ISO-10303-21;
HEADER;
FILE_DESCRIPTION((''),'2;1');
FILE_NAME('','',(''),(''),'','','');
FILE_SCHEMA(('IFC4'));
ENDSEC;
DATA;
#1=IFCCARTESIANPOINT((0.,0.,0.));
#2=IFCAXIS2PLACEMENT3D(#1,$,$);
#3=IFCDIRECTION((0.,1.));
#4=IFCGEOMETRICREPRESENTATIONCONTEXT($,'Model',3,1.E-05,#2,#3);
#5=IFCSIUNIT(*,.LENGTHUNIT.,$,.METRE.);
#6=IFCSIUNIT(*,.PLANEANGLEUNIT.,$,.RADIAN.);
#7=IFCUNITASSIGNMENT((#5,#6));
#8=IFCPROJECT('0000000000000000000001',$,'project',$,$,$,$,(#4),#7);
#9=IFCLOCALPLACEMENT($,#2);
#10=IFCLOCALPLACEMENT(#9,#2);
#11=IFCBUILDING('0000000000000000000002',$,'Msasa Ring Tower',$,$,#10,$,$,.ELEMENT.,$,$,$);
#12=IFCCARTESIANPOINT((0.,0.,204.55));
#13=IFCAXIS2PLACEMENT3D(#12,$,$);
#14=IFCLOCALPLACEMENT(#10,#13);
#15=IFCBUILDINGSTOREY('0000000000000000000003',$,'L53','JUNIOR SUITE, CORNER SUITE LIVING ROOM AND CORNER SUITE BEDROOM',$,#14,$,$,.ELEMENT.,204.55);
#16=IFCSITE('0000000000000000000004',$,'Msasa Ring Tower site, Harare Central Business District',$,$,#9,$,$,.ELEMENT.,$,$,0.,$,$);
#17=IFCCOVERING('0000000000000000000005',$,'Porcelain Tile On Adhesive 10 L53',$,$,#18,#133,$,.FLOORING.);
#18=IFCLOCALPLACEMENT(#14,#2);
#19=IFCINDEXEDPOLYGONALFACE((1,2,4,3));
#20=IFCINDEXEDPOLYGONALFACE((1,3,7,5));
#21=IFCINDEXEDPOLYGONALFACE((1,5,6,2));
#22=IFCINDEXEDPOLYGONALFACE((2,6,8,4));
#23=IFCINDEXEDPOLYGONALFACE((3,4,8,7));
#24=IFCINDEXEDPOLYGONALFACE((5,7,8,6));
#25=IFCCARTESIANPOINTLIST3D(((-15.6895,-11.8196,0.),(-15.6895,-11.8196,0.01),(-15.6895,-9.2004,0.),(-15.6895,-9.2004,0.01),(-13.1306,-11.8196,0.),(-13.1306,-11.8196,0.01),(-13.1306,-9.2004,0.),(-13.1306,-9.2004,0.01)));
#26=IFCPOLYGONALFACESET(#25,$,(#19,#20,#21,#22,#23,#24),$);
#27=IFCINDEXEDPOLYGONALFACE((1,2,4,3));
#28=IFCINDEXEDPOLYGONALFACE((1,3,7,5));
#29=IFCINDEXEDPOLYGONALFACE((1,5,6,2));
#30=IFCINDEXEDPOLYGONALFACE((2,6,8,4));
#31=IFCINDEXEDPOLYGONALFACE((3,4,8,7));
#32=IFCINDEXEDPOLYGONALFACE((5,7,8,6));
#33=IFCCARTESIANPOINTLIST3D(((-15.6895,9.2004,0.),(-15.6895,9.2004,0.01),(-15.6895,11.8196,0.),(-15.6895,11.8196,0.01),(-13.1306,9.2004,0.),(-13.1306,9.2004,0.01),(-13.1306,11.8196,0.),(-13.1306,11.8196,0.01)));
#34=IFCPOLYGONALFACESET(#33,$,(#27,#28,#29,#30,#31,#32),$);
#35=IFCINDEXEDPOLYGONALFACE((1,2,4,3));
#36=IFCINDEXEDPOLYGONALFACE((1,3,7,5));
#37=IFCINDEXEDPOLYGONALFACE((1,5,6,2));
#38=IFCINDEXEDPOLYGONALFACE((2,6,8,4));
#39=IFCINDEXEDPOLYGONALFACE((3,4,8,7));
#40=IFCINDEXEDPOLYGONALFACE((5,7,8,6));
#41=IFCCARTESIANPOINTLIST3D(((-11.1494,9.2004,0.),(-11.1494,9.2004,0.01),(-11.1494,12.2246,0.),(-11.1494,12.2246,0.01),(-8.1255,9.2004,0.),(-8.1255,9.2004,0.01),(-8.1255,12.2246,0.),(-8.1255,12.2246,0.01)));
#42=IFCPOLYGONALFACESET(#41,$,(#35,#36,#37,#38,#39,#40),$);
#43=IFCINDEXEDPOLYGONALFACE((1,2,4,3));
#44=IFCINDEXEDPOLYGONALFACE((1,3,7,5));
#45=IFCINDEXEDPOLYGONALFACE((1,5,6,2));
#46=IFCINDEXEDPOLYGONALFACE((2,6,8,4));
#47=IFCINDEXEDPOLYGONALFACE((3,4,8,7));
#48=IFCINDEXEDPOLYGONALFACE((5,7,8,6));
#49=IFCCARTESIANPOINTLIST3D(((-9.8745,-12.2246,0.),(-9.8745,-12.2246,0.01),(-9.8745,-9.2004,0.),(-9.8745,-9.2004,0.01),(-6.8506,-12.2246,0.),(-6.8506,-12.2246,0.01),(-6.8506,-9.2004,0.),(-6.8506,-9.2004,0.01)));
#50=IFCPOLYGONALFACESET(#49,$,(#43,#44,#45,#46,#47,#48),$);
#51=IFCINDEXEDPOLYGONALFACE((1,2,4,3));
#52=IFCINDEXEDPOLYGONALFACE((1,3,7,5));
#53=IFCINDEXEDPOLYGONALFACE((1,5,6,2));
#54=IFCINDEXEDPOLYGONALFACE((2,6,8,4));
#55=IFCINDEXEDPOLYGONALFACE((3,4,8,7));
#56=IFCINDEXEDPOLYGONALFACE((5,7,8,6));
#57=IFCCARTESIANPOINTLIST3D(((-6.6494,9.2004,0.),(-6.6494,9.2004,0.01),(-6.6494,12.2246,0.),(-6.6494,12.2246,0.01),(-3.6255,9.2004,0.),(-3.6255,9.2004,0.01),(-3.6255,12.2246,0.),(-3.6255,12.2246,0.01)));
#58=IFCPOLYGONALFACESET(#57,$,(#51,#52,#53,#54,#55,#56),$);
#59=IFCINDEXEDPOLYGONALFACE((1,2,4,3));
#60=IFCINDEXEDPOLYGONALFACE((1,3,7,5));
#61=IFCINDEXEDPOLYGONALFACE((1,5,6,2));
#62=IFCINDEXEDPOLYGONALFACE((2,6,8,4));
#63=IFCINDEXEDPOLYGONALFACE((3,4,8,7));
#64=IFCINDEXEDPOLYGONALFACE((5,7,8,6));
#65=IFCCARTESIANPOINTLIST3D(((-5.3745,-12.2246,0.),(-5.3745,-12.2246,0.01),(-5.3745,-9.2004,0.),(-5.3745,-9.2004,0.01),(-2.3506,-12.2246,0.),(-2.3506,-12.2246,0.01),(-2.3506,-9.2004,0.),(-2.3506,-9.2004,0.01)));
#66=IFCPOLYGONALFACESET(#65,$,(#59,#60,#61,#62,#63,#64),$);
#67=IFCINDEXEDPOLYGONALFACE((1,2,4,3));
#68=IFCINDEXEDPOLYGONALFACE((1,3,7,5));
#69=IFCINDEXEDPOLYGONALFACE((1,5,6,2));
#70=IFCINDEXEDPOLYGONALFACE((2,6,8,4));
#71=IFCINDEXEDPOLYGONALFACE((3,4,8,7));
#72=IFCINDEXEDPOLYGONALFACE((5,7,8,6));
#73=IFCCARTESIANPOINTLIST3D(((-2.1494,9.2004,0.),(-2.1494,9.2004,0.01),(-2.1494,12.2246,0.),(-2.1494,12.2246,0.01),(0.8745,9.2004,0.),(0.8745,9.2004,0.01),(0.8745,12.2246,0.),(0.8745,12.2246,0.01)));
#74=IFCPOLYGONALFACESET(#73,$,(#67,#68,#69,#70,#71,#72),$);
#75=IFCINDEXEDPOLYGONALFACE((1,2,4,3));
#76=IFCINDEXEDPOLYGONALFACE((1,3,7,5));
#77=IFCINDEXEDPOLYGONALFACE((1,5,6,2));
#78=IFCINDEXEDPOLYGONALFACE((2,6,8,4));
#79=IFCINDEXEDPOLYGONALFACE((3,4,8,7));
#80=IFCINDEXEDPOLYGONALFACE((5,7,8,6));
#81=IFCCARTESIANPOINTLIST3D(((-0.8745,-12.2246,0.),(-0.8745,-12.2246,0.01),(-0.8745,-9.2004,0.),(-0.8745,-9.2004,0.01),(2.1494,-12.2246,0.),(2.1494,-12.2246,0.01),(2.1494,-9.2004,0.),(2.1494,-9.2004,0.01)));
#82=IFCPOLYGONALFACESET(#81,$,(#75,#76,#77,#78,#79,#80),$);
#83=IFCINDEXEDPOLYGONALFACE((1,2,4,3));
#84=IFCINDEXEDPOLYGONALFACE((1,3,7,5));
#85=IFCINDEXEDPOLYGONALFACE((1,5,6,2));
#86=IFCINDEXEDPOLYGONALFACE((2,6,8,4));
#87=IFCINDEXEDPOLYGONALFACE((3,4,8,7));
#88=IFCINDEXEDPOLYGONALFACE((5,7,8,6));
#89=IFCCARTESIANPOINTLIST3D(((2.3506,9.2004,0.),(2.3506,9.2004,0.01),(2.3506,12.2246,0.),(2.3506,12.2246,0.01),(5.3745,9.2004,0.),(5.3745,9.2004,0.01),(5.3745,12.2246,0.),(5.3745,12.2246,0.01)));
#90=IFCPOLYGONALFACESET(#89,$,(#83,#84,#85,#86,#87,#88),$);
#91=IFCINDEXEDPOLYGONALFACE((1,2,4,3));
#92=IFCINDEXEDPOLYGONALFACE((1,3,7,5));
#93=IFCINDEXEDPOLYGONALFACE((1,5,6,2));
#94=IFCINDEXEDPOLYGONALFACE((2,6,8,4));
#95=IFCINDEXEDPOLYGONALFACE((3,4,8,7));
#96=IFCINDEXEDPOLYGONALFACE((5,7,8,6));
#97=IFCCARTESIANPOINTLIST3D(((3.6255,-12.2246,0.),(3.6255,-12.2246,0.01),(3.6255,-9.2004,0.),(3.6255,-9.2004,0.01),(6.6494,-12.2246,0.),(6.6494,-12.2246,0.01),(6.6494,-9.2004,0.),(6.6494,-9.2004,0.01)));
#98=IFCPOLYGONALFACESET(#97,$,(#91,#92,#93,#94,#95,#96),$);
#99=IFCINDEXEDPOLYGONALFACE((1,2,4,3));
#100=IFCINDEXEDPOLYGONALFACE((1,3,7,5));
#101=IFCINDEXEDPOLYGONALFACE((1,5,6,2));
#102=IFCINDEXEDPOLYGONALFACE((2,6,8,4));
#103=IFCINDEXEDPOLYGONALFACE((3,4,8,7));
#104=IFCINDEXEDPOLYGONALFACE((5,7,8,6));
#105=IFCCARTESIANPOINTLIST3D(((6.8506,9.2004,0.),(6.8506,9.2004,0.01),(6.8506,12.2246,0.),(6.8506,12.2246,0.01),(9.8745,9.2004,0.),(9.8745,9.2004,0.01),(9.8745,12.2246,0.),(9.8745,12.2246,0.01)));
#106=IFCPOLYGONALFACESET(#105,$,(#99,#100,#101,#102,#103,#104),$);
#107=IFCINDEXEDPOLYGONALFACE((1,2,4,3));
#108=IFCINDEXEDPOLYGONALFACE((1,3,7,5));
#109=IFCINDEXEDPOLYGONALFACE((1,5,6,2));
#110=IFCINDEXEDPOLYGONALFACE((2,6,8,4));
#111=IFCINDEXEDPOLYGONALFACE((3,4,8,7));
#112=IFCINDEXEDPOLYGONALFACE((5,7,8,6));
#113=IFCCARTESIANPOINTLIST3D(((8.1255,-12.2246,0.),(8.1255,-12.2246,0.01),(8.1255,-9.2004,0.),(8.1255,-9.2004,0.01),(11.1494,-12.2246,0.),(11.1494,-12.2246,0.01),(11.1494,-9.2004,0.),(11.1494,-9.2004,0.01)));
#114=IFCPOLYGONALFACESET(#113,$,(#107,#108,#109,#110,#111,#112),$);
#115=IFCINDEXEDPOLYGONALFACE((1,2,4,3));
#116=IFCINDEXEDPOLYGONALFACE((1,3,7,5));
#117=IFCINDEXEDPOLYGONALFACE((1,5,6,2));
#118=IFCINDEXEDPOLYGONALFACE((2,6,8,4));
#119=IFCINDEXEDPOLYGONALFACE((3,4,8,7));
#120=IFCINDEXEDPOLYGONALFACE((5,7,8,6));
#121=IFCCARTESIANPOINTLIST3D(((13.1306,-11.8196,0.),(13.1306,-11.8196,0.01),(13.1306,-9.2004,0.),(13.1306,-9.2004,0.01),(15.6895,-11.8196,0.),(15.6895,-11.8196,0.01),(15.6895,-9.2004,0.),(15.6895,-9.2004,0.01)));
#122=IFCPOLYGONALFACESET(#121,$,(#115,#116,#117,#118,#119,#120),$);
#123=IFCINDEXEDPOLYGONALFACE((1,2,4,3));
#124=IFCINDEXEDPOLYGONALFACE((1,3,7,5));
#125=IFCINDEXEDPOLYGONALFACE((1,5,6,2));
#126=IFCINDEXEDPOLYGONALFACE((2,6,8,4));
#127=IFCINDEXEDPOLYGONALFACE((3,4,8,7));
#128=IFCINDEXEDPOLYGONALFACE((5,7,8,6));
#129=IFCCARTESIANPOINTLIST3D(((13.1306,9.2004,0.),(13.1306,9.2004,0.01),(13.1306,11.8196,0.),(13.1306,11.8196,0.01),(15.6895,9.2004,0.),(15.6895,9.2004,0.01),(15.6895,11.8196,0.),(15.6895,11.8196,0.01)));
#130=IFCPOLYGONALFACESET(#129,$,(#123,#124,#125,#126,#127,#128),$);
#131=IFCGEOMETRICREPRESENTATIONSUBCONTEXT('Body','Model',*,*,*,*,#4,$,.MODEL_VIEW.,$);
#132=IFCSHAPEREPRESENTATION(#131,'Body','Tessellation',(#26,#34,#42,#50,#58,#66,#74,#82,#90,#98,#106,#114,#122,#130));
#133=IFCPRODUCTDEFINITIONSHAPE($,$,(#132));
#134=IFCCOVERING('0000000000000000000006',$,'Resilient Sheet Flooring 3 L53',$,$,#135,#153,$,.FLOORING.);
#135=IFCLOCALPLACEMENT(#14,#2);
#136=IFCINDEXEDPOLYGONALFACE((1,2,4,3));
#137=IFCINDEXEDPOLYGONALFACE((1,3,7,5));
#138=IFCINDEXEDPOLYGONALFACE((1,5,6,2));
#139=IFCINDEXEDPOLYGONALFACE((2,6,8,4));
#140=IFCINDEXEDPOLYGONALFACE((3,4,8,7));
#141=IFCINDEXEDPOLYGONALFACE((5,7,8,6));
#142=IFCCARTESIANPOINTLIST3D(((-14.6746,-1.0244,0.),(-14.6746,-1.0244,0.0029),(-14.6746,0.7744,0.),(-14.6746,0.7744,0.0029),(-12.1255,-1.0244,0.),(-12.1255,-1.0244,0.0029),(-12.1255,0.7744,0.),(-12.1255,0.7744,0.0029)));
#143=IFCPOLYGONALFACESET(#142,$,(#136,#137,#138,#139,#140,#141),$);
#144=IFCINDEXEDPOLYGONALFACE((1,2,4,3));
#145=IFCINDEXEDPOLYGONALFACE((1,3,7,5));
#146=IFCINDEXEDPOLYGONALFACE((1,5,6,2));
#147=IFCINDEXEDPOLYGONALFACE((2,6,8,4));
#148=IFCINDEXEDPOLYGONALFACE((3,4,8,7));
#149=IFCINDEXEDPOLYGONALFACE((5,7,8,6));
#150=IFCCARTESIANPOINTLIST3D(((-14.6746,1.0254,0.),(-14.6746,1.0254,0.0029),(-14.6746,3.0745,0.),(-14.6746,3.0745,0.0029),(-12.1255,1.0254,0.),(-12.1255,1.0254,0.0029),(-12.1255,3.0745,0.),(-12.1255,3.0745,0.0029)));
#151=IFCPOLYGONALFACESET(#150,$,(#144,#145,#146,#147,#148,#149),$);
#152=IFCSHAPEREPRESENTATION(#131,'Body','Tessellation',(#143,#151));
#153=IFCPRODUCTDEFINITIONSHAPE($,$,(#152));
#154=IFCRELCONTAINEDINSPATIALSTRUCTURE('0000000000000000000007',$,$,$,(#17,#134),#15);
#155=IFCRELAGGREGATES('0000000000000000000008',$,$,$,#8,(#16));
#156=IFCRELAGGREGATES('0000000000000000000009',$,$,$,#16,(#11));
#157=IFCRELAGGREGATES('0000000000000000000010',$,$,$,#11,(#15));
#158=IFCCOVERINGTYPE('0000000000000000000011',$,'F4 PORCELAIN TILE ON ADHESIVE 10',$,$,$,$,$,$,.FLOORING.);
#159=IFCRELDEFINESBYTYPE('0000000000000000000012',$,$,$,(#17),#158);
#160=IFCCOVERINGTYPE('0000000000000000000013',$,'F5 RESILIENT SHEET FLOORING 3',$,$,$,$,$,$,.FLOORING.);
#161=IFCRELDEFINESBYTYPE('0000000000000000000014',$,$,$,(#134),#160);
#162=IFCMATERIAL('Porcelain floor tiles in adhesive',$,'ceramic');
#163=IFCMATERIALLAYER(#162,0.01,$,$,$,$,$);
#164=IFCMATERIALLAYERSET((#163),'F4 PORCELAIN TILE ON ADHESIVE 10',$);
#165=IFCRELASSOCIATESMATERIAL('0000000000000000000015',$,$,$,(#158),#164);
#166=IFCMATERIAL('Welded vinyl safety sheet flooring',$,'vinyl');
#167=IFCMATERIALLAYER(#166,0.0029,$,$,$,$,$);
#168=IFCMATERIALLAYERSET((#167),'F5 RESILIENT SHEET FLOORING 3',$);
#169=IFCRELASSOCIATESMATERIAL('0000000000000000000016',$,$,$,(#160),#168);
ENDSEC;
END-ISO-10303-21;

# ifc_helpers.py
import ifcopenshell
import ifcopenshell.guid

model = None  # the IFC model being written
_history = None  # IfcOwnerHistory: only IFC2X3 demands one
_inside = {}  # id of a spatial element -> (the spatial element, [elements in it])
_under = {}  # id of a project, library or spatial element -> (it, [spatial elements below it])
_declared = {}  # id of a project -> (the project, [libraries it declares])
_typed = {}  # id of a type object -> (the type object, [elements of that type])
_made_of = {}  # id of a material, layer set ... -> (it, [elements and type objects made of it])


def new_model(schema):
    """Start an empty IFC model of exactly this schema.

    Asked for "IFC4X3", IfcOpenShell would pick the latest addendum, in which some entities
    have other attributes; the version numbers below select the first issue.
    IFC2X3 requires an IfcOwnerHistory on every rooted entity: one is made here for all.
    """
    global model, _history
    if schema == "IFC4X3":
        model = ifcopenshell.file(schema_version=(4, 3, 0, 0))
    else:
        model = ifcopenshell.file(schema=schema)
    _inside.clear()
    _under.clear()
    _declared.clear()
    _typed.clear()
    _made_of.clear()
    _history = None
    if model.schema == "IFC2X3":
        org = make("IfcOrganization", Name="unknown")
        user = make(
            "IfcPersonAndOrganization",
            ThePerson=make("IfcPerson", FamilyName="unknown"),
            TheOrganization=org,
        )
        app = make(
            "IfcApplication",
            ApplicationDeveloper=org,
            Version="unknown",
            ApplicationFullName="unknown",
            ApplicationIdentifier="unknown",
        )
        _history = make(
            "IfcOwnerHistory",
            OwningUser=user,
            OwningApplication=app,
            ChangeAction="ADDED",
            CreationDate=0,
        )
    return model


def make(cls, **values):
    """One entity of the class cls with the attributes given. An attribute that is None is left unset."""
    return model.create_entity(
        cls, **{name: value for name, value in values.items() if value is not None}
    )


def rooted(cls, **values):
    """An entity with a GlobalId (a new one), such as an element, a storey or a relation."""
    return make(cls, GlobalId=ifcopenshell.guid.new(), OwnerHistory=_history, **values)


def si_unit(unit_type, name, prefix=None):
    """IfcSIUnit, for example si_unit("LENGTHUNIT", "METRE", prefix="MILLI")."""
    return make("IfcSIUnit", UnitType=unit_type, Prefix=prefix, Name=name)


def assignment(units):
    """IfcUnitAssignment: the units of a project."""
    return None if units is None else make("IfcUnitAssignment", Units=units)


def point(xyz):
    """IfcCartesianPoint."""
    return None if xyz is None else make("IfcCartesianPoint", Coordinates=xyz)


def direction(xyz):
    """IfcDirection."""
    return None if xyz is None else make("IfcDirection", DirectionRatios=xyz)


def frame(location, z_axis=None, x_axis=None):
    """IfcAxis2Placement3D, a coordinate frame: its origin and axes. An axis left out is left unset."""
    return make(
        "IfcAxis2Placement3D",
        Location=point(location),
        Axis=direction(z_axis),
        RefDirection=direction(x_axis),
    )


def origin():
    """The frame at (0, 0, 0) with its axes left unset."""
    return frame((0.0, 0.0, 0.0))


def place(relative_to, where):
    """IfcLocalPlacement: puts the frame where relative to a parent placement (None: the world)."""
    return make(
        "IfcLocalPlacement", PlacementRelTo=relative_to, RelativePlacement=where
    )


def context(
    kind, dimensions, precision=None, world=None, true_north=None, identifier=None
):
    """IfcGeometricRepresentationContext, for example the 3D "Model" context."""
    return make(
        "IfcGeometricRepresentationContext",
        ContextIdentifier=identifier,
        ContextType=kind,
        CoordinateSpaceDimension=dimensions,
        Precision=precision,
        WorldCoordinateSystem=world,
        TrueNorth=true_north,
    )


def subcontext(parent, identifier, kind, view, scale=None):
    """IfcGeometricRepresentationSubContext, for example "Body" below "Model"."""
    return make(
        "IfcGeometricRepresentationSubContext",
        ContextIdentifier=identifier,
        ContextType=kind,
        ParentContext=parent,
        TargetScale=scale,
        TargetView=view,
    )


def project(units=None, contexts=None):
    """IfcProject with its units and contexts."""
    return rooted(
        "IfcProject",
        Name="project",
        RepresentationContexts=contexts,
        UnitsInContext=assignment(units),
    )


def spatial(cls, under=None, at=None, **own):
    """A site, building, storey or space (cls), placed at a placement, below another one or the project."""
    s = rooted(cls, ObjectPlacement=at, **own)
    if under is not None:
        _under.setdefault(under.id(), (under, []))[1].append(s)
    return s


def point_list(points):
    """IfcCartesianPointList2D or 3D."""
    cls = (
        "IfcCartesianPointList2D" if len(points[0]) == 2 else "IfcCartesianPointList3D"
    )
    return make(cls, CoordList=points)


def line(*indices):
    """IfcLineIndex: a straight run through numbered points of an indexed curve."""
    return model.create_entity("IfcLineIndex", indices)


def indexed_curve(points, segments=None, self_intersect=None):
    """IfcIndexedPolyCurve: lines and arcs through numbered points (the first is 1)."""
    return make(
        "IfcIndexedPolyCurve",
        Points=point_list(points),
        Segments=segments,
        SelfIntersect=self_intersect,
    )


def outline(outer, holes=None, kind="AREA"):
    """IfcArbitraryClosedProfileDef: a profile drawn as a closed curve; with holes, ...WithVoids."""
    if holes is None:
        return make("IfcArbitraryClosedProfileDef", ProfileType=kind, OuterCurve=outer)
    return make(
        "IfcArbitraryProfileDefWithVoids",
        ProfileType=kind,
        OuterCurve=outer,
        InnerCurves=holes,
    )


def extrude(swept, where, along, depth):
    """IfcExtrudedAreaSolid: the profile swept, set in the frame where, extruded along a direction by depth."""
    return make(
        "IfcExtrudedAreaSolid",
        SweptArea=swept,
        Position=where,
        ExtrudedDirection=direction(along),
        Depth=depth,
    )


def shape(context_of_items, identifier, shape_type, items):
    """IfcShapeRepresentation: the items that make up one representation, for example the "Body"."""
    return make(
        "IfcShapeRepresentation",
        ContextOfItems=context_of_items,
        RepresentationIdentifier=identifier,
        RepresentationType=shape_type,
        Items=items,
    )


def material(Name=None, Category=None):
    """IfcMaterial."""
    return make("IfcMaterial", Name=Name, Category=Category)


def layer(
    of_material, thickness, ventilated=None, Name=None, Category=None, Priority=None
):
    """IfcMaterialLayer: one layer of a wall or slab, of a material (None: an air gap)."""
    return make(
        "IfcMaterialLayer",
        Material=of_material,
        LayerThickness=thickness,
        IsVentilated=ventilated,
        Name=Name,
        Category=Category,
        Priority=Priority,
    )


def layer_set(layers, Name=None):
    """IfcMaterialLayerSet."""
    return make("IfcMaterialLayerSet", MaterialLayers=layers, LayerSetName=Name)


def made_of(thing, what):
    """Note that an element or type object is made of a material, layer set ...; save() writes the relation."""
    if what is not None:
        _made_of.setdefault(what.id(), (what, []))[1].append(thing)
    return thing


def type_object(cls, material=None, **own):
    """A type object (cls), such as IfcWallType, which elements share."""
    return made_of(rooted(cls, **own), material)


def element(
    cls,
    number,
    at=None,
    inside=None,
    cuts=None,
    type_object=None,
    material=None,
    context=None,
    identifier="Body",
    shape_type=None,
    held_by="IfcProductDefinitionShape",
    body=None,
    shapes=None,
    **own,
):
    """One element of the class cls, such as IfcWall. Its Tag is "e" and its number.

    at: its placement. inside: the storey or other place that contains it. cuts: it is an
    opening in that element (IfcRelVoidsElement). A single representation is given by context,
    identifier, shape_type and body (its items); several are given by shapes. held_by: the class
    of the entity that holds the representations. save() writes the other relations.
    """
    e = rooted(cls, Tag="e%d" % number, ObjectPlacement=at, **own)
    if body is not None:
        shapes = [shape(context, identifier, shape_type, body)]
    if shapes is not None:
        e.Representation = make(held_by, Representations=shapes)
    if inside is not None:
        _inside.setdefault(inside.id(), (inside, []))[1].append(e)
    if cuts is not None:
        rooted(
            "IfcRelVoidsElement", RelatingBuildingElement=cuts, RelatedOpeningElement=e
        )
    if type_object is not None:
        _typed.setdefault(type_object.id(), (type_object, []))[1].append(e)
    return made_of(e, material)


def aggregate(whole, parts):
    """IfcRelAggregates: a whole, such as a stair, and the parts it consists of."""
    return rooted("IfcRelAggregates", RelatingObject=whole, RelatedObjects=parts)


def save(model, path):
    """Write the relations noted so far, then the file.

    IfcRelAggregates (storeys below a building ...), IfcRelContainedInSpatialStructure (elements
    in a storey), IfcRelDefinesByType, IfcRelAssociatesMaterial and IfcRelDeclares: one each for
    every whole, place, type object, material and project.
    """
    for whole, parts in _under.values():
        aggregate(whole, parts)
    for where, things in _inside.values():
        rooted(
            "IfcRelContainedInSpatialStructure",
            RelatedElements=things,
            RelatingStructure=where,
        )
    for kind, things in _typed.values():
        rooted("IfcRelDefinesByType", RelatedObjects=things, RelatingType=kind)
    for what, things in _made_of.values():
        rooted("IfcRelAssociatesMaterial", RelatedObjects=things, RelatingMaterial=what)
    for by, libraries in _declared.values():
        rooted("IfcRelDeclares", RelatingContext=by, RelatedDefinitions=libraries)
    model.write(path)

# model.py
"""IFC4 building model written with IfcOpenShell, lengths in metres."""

from ifc_helpers import new_model, si_unit, direction, frame, origin, place, context, subcontext, project, spatial, line, indexed_curve, outline, extrude, material, layer, layer_set, type_object, element, save


model = new_model("IFC4")

# Units and contexts
model_context = context("Model", 3, precision=1e-05, world=origin(), true_north=direction((0.0, 1.0)))
body_context = subcontext(model_context, "Body", "Model", "MODEL_VIEW")
ifc_project = project(units=[si_unit("LENGTHUNIT", "METRE"), si_unit("PLANEANGLEUNIT", "RADIAN")], contexts=[model_context])

# Site, building, storey
site_placement = place(None, origin())
site = spatial("IfcSite", under=ifc_project, at=site_placement, Name="Msasa Ring Tower site, Harare Central Business District", CompositionType="ELEMENT", RefElevation=0.0)
building_placement = place(site_placement, origin())
building = spatial("IfcBuilding", under=site, at=building_placement, Name="Msasa Ring Tower", CompositionType="ELEMENT")
storey_placement = place(building_placement, frame((0.0, 0.0, 204.55)))
storey = spatial("IfcBuildingStorey", under=building, at=storey_placement, Name="L53", Description="JUNIOR SUITE, CORNER SUITE LIVING ROOM AND CORNER SUITE BEDROOM", CompositionType="ELEMENT", Elevation=204.55)

# Coverings
ifc_material_1 = material(Name="Porcelain floor tiles in adhesive", Category="ceramic")
ifc_layer_1 = layer(ifc_material_1, 0.01)
ifc_layer_set_1 = layer_set([ifc_layer_1], Name="F4 PORCELAIN TILE ON ADHESIVE 10")
covering_type_1 = type_object("IfcCoveringType", Name="F4 PORCELAIN TILE ON ADHESIVE 10", PredefinedType="FLOORING", material=ifc_layer_set_1)
covering_1_placement = place(storey_placement, origin())
element("IfcCovering", 1, at=covering_1_placement, inside=storey, type_object=covering_type_1, Name="Porcelain Tile On Adhesive 10 L53", PredefinedType="FLOORING", context=body_context, shape_type="SweptSolid", body=[
    extrude(outline(indexed_curve([(-13.1306, -9.2004), (-13.1306, -11.8196), (-15.6895, -11.8196), (-15.6895, -9.2004)], segments=[line(1, 2, 3, 4, 1)], self_intersect=False)), origin(), (0.0, 0.0, 1.0), 0.01),
    extrude(outline(indexed_curve([(-13.1306, 11.8196), (-13.1306, 9.2004), (-15.6895, 9.2004), (-15.6895, 11.8196)], segments=[line(1, 2, 3, 4, 1)], self_intersect=False)), origin(), (0.0, 0.0, 1.0), 0.01),
    extrude(outline(indexed_curve([(-11.1494, 9.2004), (-11.1494, 12.2246), (-8.1255, 12.2246), (-8.1255, 9.2004)], segments=[line(1, 2, 3, 4, 1)], self_intersect=False)), origin(), (0.0, 0.0, 1.0), 0.01),
    extrude(outline(indexed_curve([(-6.8506, -9.2004), (-6.8506, -12.2246), (-9.8745, -12.2246), (-9.8745, -9.2004)], segments=[line(1, 2, 3, 4, 1)], self_intersect=False)), origin(), (0.0, 0.0, 1.0), 0.01),
    extrude(outline(indexed_curve([(-6.6494, 9.2004), (-6.6494, 12.2246), (-3.6255, 12.2246), (-3.6255, 9.2004)], segments=[line(1, 2, 3, 4, 1)], self_intersect=False)), origin(), (0.0, 0.0, 1.0), 0.01),
    extrude(outline(indexed_curve([(-2.3506, -9.2004), (-2.3506, -12.2246), (-5.3745, -12.2246), (-5.3745, -9.2004)], segments=[line(1, 2, 3, 4, 1)], self_intersect=False)), origin(), (0.0, 0.0, 1.0), 0.01),
    extrude(outline(indexed_curve([(-2.1494, 9.2004), (-2.1494, 12.2246), (0.8745, 12.2246), (0.8745, 9.2004)], segments=[line(1, 2, 3, 4, 1)], self_intersect=False)), origin(), (0.0, 0.0, 1.0), 0.01),
    extrude(outline(indexed_curve([(2.1494, -9.2004), (2.1494, -12.2246), (-0.8745, -12.2246), (-0.8745, -9.2004)], segments=[line(1, 2, 3, 4, 1)], self_intersect=False)), origin(), (0.0, 0.0, 1.0), 0.01),
    extrude(outline(indexed_curve([(2.3506, 9.2004), (2.3506, 12.2246), (5.3745, 12.2246), (5.3745, 9.2004)], segments=[line(1, 2, 3, 4, 1)], self_intersect=False)), origin(), (0.0, 0.0, 1.0), 0.01),
    extrude(outline(indexed_curve([(6.6494, -9.2004), (6.6494, -12.2246), (3.6255, -12.2246), (3.6255, -9.2004)], segments=[line(1, 2, 3, 4, 1)], self_intersect=False)), origin(), (0.0, 0.0, 1.0), 0.01),
    extrude(outline(indexed_curve([(6.8506, 9.2004), (6.8506, 12.2246), (9.8745, 12.2246), (9.8745, 9.2004)], segments=[line(1, 2, 3, 4, 1)], self_intersect=False)), origin(), (0.0, 0.0, 1.0), 0.01),
    extrude(outline(indexed_curve([(11.1494, -9.2004), (11.1494, -12.2246), (8.1255, -12.2246), (8.1255, -9.2004)], segments=[line(1, 2, 3, 4, 1)], self_intersect=False)), origin(), (0.0, 0.0, 1.0), 0.01),
    extrude(outline(indexed_curve([(15.6895, -9.2004), (15.6895, -11.8196), (13.1306, -11.8196), (13.1306, -9.2004)], segments=[line(1, 2, 3, 4, 1)], self_intersect=False)), origin(), (0.0, 0.0, 1.0), 0.01),
    extrude(outline(indexed_curve([(15.6895, 11.8196), (15.6895, 9.2004), (13.1306, 9.2004), (13.1306, 11.8196)], segments=[line(1, 2, 3, 4, 1)], self_intersect=False)), origin(), (0.0, 0.0, 1.0), 0.01),
])
ifc_material_2 = material(Name="Welded vinyl safety sheet flooring", Category="vinyl")
ifc_layer_2 = layer(ifc_material_2, 0.0029)
ifc_layer_set_2 = layer_set([ifc_layer_2], Name="F5 RESILIENT SHEET FLOORING 3")
covering_type_2 = type_object("IfcCoveringType", Name="F5 RESILIENT SHEET FLOORING 3", PredefinedType="FLOORING", material=ifc_layer_set_2)
covering_2_placement = place(storey_placement, origin())
element("IfcCovering", 2, at=covering_2_placement, inside=storey, type_object=covering_type_2, Name="Resilient Sheet Flooring 3 L53", PredefinedType="FLOORING", context=body_context, shape_type="SweptSolid", body=[
    extrude(outline(indexed_curve([(-12.1255, -1.0244), (-14.6746, -1.0244), (-14.6746, 0.7744), (-12.1255, 0.7744)], segments=[line(1, 2, 3, 4, 1)], self_intersect=False)), origin(), (0.0, 0.0, 1.0), 0.0029),
    extrude(outline(indexed_curve([(-12.1255, 1.0254), (-14.6746, 1.0254), (-14.6746, 3.0745), (-12.1255, 3.0745)], segments=[line(1, 2, 3, 4, 1)], self_intersect=False)), origin(), (0.0, 0.0, 1.0), 0.0029),
])

save(model, "model.ifc")
